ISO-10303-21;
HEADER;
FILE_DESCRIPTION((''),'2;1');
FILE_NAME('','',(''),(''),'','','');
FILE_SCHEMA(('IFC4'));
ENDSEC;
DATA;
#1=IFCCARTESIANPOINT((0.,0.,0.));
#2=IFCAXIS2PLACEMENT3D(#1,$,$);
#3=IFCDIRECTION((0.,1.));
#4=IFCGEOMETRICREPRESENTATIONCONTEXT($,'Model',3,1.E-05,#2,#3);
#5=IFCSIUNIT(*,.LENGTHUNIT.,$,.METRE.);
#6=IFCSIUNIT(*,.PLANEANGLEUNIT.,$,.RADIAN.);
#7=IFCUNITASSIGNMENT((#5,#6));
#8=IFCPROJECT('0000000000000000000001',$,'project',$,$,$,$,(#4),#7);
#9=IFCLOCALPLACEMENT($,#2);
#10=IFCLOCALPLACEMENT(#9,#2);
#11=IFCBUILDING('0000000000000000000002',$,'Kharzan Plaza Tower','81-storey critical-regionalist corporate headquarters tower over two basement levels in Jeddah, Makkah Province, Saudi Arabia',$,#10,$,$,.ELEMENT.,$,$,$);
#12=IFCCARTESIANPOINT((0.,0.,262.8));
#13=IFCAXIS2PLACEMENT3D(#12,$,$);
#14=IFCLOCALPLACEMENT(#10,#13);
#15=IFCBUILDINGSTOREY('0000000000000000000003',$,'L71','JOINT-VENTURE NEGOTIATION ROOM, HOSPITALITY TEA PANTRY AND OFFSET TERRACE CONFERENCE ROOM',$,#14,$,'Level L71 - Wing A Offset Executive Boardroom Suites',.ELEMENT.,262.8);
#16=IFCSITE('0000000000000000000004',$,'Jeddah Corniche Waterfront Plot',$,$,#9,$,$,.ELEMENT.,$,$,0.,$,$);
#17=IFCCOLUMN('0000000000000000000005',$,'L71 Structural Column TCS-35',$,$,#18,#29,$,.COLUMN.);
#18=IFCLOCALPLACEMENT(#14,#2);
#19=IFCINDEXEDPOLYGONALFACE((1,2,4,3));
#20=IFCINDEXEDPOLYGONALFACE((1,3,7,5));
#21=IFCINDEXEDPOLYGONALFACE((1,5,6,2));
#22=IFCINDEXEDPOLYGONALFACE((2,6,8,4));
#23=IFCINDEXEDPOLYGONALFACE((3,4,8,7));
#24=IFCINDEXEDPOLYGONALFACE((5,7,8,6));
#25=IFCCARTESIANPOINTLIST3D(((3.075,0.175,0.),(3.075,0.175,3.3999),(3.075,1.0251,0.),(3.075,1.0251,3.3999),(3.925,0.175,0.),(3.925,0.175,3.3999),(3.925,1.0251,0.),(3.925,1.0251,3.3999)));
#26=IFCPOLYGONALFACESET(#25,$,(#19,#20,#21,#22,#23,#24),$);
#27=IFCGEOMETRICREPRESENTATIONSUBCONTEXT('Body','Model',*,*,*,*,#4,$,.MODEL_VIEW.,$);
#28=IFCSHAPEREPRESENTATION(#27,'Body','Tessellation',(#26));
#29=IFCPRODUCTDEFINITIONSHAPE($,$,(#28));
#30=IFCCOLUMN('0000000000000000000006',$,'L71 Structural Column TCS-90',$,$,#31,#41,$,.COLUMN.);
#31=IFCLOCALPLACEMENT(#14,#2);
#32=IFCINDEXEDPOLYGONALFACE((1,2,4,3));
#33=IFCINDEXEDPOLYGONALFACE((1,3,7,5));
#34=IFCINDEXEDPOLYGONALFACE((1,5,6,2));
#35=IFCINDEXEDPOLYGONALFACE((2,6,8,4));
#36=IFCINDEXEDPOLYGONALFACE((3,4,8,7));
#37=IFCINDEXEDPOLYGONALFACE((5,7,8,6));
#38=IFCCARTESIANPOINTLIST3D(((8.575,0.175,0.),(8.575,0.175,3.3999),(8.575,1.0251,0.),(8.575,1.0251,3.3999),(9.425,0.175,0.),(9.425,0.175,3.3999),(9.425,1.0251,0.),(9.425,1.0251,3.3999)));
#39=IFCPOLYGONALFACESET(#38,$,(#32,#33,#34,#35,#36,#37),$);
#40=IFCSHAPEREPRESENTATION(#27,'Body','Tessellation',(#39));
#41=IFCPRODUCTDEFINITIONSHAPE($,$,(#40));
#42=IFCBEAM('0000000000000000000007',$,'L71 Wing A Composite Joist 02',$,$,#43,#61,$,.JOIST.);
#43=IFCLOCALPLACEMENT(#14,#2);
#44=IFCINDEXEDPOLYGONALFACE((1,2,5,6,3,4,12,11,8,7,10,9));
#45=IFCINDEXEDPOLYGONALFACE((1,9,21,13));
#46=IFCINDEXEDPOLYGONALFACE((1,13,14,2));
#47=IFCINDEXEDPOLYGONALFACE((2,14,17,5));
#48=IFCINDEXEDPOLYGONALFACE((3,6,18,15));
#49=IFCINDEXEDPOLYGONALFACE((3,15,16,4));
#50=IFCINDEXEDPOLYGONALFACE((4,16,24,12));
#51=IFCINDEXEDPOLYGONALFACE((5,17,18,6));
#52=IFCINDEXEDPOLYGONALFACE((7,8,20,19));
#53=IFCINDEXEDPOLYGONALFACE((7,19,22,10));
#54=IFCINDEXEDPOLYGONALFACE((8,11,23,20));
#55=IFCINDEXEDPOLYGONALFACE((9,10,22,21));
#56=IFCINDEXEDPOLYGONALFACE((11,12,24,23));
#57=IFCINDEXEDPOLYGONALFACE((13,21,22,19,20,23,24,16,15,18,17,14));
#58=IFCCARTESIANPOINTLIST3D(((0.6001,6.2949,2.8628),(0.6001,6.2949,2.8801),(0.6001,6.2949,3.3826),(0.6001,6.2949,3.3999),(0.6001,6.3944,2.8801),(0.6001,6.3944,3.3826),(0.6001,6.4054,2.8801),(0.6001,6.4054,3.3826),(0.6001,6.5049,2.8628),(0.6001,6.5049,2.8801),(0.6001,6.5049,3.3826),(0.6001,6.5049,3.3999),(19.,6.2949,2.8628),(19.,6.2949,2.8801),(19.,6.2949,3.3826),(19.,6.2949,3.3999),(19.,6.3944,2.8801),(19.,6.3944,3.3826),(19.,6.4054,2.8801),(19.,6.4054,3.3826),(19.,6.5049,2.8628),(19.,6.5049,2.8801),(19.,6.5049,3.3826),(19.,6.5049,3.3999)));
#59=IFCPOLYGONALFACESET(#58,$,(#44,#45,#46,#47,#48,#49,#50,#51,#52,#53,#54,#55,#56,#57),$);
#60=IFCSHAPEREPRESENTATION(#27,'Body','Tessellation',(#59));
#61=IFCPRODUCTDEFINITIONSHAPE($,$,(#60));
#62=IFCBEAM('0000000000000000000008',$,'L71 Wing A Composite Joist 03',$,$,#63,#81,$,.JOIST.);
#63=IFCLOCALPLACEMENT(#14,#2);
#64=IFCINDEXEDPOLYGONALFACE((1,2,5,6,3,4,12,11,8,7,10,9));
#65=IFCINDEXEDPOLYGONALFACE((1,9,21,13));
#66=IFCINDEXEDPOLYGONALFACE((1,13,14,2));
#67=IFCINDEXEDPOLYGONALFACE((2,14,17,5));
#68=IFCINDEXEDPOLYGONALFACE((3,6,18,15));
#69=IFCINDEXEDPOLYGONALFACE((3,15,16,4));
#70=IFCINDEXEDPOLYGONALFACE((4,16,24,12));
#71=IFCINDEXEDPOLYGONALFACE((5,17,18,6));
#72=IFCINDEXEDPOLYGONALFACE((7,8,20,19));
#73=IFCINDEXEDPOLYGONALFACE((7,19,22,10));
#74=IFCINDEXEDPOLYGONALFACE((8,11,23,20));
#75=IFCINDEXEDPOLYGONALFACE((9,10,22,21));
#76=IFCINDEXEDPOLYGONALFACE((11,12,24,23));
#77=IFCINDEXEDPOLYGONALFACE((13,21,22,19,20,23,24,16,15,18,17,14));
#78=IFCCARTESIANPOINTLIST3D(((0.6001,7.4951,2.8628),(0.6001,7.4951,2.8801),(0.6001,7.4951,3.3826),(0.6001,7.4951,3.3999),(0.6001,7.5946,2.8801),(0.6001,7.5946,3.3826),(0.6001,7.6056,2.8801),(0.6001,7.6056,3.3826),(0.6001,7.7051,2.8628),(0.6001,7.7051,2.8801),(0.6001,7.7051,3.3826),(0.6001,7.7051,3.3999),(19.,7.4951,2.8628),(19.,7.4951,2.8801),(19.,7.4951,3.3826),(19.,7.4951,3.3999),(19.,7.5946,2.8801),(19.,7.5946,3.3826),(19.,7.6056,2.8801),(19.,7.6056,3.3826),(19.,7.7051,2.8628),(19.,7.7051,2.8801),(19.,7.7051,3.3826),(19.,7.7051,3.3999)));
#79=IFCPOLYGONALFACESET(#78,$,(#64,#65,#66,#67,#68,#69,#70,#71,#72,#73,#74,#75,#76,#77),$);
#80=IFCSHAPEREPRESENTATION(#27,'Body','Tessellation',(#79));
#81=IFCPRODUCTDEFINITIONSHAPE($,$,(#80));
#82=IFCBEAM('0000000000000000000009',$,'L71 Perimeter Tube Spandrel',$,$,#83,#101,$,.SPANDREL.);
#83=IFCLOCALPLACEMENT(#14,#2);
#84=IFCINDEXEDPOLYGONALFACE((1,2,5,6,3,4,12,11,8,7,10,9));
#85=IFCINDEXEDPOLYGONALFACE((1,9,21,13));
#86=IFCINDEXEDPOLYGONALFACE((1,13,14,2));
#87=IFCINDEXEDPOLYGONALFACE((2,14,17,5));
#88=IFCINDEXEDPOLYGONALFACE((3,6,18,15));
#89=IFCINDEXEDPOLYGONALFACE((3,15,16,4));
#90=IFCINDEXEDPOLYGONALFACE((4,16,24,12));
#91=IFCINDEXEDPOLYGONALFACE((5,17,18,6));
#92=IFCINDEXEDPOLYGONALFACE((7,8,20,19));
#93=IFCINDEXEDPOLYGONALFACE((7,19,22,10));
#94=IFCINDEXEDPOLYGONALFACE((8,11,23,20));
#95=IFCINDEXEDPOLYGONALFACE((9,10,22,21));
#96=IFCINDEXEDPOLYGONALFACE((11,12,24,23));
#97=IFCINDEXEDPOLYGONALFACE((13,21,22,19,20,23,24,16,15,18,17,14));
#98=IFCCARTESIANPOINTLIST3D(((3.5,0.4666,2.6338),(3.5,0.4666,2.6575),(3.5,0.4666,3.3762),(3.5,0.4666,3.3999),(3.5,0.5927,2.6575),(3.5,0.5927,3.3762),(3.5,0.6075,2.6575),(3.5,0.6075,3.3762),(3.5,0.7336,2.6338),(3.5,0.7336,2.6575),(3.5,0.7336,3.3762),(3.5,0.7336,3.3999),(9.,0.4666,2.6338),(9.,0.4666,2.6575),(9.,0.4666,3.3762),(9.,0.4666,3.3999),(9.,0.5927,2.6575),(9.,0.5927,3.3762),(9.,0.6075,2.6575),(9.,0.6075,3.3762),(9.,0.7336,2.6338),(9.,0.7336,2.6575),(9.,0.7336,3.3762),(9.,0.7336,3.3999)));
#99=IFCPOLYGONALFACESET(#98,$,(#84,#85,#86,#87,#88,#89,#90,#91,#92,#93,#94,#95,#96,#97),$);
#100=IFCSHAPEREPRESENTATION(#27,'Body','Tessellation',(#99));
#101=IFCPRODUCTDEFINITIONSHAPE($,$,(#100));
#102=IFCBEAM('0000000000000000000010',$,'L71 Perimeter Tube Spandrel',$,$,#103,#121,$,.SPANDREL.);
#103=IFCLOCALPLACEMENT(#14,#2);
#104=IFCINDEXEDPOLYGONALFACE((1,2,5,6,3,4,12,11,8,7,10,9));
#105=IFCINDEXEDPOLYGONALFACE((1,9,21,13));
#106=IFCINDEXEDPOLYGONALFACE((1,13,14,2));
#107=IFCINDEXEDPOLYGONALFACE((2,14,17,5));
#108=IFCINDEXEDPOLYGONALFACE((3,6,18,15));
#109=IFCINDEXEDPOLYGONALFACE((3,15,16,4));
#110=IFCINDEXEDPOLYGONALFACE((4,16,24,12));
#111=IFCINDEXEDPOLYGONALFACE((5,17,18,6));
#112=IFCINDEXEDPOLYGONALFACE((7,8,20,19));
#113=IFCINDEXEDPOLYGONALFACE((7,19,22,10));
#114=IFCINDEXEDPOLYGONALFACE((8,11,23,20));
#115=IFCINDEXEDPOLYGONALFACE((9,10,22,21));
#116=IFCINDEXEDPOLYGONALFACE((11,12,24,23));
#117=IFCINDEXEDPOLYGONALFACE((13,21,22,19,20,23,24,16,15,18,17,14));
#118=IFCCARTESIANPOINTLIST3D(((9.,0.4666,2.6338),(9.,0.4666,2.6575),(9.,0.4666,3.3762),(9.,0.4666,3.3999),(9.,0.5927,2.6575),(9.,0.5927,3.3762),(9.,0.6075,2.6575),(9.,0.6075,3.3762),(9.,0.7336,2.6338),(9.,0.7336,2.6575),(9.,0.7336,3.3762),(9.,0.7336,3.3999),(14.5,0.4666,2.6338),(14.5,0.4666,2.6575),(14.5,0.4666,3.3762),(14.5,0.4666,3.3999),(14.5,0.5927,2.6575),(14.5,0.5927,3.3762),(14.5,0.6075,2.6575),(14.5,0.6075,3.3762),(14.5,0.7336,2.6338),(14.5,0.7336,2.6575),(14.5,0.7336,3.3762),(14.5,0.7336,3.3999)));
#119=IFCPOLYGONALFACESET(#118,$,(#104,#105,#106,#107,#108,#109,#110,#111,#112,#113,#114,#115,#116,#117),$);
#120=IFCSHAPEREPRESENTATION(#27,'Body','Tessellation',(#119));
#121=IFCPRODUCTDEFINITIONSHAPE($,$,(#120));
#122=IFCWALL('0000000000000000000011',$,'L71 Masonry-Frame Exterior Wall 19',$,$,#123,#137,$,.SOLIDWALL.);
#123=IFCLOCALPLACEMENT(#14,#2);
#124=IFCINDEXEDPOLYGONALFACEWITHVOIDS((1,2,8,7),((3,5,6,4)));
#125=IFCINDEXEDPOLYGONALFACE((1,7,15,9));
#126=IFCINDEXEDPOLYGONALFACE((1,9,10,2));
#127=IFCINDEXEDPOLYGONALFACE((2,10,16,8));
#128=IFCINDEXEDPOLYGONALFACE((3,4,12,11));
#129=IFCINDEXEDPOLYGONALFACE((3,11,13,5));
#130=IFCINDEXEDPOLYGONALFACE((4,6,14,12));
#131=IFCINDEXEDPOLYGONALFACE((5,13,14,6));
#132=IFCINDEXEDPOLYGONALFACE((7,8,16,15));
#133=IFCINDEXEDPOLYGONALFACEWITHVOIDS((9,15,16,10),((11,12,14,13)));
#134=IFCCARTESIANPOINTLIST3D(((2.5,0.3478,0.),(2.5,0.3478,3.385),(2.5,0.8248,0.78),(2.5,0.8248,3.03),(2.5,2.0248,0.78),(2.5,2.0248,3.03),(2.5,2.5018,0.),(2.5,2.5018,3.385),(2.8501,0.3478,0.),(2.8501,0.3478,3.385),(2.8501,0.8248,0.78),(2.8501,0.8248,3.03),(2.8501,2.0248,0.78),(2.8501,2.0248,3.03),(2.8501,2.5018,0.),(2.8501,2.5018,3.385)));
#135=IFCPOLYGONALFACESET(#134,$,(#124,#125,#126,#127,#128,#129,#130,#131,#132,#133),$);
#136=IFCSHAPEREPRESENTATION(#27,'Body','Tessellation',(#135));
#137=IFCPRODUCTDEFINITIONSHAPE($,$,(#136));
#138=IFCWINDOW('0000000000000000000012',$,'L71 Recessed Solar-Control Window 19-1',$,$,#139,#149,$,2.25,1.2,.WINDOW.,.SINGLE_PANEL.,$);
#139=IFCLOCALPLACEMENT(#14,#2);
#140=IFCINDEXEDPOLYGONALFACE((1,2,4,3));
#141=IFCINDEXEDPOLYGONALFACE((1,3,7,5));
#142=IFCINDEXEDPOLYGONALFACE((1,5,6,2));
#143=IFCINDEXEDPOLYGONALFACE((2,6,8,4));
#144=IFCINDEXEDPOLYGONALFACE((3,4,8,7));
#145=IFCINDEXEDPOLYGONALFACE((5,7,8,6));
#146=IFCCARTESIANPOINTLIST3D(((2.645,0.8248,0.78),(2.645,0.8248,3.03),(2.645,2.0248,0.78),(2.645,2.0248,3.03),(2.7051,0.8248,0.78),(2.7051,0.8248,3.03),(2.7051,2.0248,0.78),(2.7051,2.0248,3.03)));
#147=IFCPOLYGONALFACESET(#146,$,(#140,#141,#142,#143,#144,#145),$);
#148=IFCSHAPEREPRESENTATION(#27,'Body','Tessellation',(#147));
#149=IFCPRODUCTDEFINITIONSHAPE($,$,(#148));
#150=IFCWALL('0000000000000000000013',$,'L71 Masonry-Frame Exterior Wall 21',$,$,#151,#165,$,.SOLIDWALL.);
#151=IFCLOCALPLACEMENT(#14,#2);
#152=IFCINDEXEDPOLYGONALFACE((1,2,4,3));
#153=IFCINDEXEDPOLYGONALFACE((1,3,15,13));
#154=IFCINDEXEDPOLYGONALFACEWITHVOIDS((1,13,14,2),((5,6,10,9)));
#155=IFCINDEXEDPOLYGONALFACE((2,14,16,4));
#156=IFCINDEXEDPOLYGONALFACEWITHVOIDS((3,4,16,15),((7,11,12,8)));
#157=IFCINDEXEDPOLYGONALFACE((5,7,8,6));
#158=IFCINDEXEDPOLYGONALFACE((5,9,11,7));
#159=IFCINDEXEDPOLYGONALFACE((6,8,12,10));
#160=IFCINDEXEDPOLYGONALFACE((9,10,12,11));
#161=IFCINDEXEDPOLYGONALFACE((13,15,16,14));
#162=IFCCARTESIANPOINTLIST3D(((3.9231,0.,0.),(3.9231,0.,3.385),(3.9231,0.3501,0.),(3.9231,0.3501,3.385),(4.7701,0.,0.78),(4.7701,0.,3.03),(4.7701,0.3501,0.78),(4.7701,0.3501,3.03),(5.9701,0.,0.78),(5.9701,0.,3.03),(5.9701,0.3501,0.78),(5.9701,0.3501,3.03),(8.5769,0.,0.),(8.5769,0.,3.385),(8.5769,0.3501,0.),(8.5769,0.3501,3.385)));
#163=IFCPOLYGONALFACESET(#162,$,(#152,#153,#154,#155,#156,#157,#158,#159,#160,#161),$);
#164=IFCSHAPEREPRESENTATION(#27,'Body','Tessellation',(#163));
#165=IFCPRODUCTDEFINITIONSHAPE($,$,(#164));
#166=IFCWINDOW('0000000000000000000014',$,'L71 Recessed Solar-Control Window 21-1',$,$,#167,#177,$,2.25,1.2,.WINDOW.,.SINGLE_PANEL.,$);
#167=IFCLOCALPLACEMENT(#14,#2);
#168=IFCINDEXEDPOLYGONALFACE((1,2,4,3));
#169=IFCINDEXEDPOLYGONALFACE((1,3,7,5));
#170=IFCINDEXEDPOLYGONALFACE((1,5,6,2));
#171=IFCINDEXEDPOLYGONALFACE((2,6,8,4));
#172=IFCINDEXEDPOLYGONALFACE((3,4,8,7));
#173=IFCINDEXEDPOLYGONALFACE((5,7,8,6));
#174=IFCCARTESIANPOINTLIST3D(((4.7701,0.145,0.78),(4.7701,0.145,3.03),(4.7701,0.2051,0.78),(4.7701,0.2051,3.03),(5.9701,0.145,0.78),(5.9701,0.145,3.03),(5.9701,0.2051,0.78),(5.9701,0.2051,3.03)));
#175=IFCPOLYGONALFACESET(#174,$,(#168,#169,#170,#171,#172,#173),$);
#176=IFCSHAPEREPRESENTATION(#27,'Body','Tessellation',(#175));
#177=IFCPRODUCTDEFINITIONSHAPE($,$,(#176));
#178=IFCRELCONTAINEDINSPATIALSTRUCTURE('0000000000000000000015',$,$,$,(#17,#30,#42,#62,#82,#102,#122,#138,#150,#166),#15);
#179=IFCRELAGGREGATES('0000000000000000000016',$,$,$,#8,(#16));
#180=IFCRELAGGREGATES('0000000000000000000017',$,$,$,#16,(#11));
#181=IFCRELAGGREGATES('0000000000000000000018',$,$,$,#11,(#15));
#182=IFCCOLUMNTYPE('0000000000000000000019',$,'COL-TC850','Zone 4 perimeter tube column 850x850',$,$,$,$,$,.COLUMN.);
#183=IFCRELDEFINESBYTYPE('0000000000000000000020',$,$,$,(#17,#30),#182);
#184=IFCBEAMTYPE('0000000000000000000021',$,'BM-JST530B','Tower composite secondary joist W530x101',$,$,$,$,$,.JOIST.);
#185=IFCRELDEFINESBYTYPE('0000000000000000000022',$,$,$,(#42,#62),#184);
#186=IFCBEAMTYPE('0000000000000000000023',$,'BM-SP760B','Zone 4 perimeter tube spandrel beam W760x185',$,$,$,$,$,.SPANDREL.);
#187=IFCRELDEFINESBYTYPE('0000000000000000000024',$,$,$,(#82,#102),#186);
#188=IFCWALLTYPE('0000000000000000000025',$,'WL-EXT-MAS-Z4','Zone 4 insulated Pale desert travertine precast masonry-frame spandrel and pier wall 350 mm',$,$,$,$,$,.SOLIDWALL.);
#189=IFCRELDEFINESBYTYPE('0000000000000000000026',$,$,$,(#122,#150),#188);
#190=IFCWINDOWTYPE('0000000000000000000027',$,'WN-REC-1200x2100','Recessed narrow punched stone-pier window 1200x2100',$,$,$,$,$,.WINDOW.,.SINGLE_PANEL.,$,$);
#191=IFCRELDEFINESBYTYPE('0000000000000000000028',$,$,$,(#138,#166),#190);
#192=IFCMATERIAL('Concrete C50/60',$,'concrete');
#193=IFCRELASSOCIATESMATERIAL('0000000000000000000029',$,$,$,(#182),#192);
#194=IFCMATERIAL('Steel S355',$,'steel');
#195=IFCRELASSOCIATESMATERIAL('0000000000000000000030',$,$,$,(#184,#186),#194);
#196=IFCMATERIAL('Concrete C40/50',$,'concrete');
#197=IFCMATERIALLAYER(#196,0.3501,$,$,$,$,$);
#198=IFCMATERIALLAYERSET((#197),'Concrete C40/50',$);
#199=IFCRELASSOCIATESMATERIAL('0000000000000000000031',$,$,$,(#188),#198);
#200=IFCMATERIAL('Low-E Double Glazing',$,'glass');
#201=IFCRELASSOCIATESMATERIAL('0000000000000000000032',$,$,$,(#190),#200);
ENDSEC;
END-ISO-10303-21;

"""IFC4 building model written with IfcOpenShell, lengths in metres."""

from ifc_helpers import new_model, si_unit, direction, frame, frame_2d, origin, origin_2d, place, context, subcontext, project, spatial, rectangle, i_section, extrude, source, transform, mapped, material, layer, layer_set, material_profile, profile_set, type_object, element, fill, save


model = new_model("IFC4")

# Units and contexts
model_context = context("Model", 3, precision=1e-05, world=origin(), true_north=direction((0.0, 1.0)))
body_context = subcontext(model_context, "Body", "Model", "MODEL_VIEW")
ifc_project = project(units=[si_unit("LENGTHUNIT", "METRE"), si_unit("PLANEANGLEUNIT", "RADIAN")], contexts=[model_context])

# Site, building, storey
site_placement = place(None, origin())
site = spatial("IfcSite", under=ifc_project, at=site_placement, Name="Jeddah Corniche Waterfront Plot", CompositionType="ELEMENT", RefElevation=0.0)
building_placement = place(site_placement, origin())
building = spatial("IfcBuilding", under=site, at=building_placement, Name="Kharzan Plaza Tower", Description="81-storey critical-regionalist corporate headquarters tower over two basement levels in Jeddah, Makkah Province, Saudi Arabia", CompositionType="ELEMENT")
storey_placement = place(building_placement, frame((0.0, 0.0, 262.8)))
storey = spatial("IfcBuildingStorey", under=building, at=storey_placement, Name="L71", Description="JOINT-VENTURE NEGOTIATION ROOM, HOSPITALITY TEA PANTRY AND OFFSET TERRACE CONFERENCE ROOM", LongName="Level L71 - Wing A Offset Executive Boardroom Suites", CompositionType="ELEMENT", Elevation=262.8)

# Columns
ifc_material_1 = material(Name="Concrete C50/60", Category="concrete")
ifc_material_profile_1 = material_profile(ifc_material_1, rectangle(XDim=0.8501, YDim=0.8501, at=origin_2d()), Name="RC-TC850x850")
ifc_profile_set_1 = profile_set([ifc_material_profile_1], Name="Concrete C50/60")
column_type = type_object("IfcColumnType", Name="COL-TC850", Description="Zone 4 perimeter tube column 850x850", PredefinedType="COLUMN", material=ifc_profile_set_1)
shared_shape_1 = source(origin(), body_context, "Body", "SweptSolid", [
    extrude(rectangle(XDim=0.8501, YDim=0.8501, at=origin_2d()), origin(), (0.0, 0.0, 1.0), 3.3999),
])
for number, where, z_axis, x_axis, name in (
    (1, (3.5, 0.6001, 0.0), (0.0, 0.0, 1.0), (1.0, 0.0, 0.0), "L71 Structural Column TCS-35"),
    (2, (9.0, 0.6001, 0.0), (0.0, 0.0, 1.0), (1.0, 0.0, 0.0), "L71 Structural Column TCS-90"),
):
    element("IfcColumn", number, at=place(storey_placement, frame(where, z_axis=z_axis, x_axis=x_axis)), inside=storey, type_object=column_type, Name=name, PredefinedType="COLUMN", context=body_context, shape_type="MappedRepresentation", body=[
        mapped(shared_shape_1, transform((0.0, 0.0, 0.0), x_axis=(1.0, 0.0, 0.0), y_axis=(0.0, 1.0, 0.0), z_axis=(0.0, 0.0, 1.0))),
    ])

# Beams
ifc_material_2 = material(Name="Steel S355", Category="steel")
ifc_material_profile_2 = material_profile(ifc_material_2, i_section(OverallWidth=0.21, OverallDepth=0.5371, WebThickness=0.011, FlangeThickness=0.0173, at=origin_2d()), Name="W530x101")
ifc_profile_set_2 = profile_set([ifc_material_profile_2], Name="Steel S355")
beam_type_1 = type_object("IfcBeamType", Name="BM-JST530B", Description="Tower composite secondary joist W530x101", PredefinedType="JOIST", material=ifc_profile_set_2)
shared_shape_2 = source(origin(), body_context, "Body", "SweptSolid", [
    extrude(i_section(OverallWidth=0.21, OverallDepth=0.5371, WebThickness=0.011, FlangeThickness=0.0173, at=origin_2d()), origin(), (0.0, 0.0, 1.0), 18.3999),
])
for number, where, z_axis, x_axis, name in (
    (3, (0.6001, 6.3999, 3.1313), (1.0, 0.0, 0.0), (0.0, 1.0, 0.0), "L71 Wing A Composite Joist 02"),
    (4, (0.6001, 7.6001, 3.1313), (1.0, 0.0, 0.0), (0.0, 1.0, 0.0), "L71 Wing A Composite Joist 03"),
):
    element("IfcBeam", number, at=place(storey_placement, frame(where, z_axis=z_axis, x_axis=x_axis)), inside=storey, type_object=beam_type_1, Name=name, PredefinedType="JOIST", context=body_context, shape_type="MappedRepresentation", body=[
        mapped(shared_shape_2, transform((0.0, 0.0, 0.0), x_axis=(1.0, 0.0, 0.0), y_axis=(0.0, 1.0, 0.0), z_axis=(0.0, 0.0, 1.0))),
    ])
ifc_material_profile_3 = material_profile(ifc_material_2, i_section(OverallWidth=0.2671, OverallDepth=0.7661, WebThickness=0.0149, FlangeThickness=0.0237, at=origin_2d()), Name="W760x185")
ifc_profile_set_3 = profile_set([ifc_material_profile_3], Name="Steel S355")
beam_type_2 = type_object("IfcBeamType", Name="BM-SP760B", Description="Zone 4 perimeter tube spandrel beam W760x185", PredefinedType="SPANDREL", material=ifc_profile_set_3)
shared_shape_3 = source(origin(), body_context, "Body", "SweptSolid", [
    extrude(i_section(OverallWidth=0.2671, OverallDepth=0.7661, WebThickness=0.0149, FlangeThickness=0.0237, at=origin_2d()), origin(), (0.0, 0.0, 1.0), 5.5),
])
for number, where, z_axis, x_axis, name in (
    (5, (3.5, 0.6001, 3.0168), (1.0, 0.0, 0.0), (0.0, 1.0, 0.0), "L71 Perimeter Tube Spandrel"),
    (6, (9.0, 0.6001, 3.0168), (1.0, 0.0, 0.0), (0.0, 1.0, 0.0), "L71 Perimeter Tube Spandrel"),
):
    element("IfcBeam", number, at=place(storey_placement, frame(where, z_axis=z_axis, x_axis=x_axis)), inside=storey, type_object=beam_type_2, Name=name, PredefinedType="SPANDREL", context=body_context, shape_type="MappedRepresentation", body=[
        mapped(shared_shape_3, transform((0.0, 0.0, 0.0), x_axis=(1.0, 0.0, 0.0), y_axis=(0.0, 1.0, 0.0), z_axis=(0.0, 0.0, 1.0))),
    ])

# Walls, openings, windows
ifc_material_3 = material(Name="Concrete C40/50", Category="concrete")
ifc_layer_1 = layer(ifc_material_3, 0.3501)
ifc_layer_set_1 = layer_set([ifc_layer_1], Name="Concrete C40/50")
wall_type_1 = type_object("IfcWallType", Name="WL-EXT-MAS-Z4", Description="Zone 4 insulated Pale desert travertine precast masonry-frame spandrel and pier wall 350 mm", PredefinedType="SOLIDWALL", material=ifc_layer_set_1)
wall_1_placement = place(storey_placement, frame((2.675, 2.502, 0.0), z_axis=(0.0, 0.0, 1.0), x_axis=(0.0, -1.0, 0.0)))
wall_1 = element("IfcWall", 7, at=wall_1_placement, inside=storey, type_object=wall_type_1, Name="L71 Masonry-Frame Exterior Wall 19", PredefinedType="SOLIDWALL", context=body_context, shape_type="SweptSolid", body=[
    extrude(rectangle(XDim=2.1541, YDim=0.3501, at=frame_2d((1.0771, 0.0))), origin(), (0.0, 0.0, 1.0), 3.385),
])
opening_1_placement = place(wall_1_placement, frame((0.4771, 0.0, 0.78)))
opening_1 = element("IfcOpeningElement", 8, at=opening_1_placement, cuts=wall_1, PredefinedType="OPENING", context=body_context, shape_type="SweptSolid", body=[
    extrude(rectangle(XDim=1.2, YDim=2.25, at=frame_2d((0.6001, 1.125))), frame((0.0, 0.1851, 0.0), z_axis=(0.0, -1.0, 0.0), x_axis=(1.0, 0.0, 0.0)), (0.0, 0.0, 1.0), 0.3701),
])
ifc_material_4 = material(Name="Low-E Double Glazing", Category="glass")
window_type = type_object("IfcWindowType", Name="WN-REC-1200x2100", Description="Recessed narrow punched stone-pier window 1200x2100", PartitioningType="SINGLE_PANEL", PredefinedType="WINDOW", material=ifc_material_4)
shared_shape_4 = source(origin(), body_context, "Body", "SweptSolid", [
    extrude(rectangle(XDim=1.2, YDim=2.25, at=frame_2d((0.6001, 1.125))), frame((0.0, 0.03, 0.0), z_axis=(0.0, -1.0, 0.0), x_axis=(1.0, 0.0, 0.0)), (0.0, 0.0, 1.0), 0.0601),
])
window_1_placement = place(opening_1_placement, origin())
window_1 = element("IfcWindow", 9, at=window_1_placement, inside=storey, type_object=window_type, Name="L71 Recessed Solar-Control Window 19-1", OverallHeight=2.25, OverallWidth=1.2, PartitioningType="SINGLE_PANEL", PredefinedType="WINDOW", context=body_context, shape_type="MappedRepresentation", body=[
    mapped(shared_shape_4, transform((0.0, 0.0, 0.0), x_axis=(1.0, 0.0, 0.0), y_axis=(0.0, 1.0, 0.0), z_axis=(0.0, 0.0, 1.0))),
])
fill(opening_1, window_1)
wall_2_placement = place(storey_placement, frame((3.9231, 0.175, 0.0), z_axis=(0.0, 0.0, 1.0), x_axis=(1.0, 0.0, 0.0)))
wall_2 = element("IfcWall", 10, at=wall_2_placement, inside=storey, type_object=wall_type_1, Name="L71 Masonry-Frame Exterior Wall 21", PredefinedType="SOLIDWALL", context=body_context, shape_type="SweptSolid", body=[
    extrude(rectangle(XDim=4.6538, YDim=0.3501, at=frame_2d((2.3269, 0.0))), origin(), (0.0, 0.0, 1.0), 3.385),
])
opening_2_placement = place(wall_2_placement, frame((0.8469, 0.0, 0.78)))
opening_2 = element("IfcOpeningElement", 11, at=opening_2_placement, cuts=wall_2, PredefinedType="OPENING", context=body_context, shape_type="SweptSolid", body=[
    extrude(rectangle(XDim=1.2, YDim=2.25, at=frame_2d((0.6001, 1.125))), frame((0.0, 0.1851, 0.0), z_axis=(0.0, -1.0, 0.0), x_axis=(1.0, 0.0, 0.0)), (0.0, 0.0, 1.0), 0.3701),
])
window_2_placement = place(opening_2_placement, origin())
window_2 = element("IfcWindow", 12, at=window_2_placement, inside=storey, type_object=window_type, Name="L71 Recessed Solar-Control Window 21-1", OverallHeight=2.25, OverallWidth=1.2, PartitioningType="SINGLE_PANEL", PredefinedType="WINDOW", context=body_context, shape_type="MappedRepresentation", body=[
    mapped(shared_shape_4, transform((0.0, 0.0, 0.0), x_axis=(1.0, 0.0, 0.0), y_axis=(0.0, 1.0, 0.0), z_axis=(0.0, 0.0, 1.0))),
])
fill(opening_2, window_2)

save(model, "model.ifc")
